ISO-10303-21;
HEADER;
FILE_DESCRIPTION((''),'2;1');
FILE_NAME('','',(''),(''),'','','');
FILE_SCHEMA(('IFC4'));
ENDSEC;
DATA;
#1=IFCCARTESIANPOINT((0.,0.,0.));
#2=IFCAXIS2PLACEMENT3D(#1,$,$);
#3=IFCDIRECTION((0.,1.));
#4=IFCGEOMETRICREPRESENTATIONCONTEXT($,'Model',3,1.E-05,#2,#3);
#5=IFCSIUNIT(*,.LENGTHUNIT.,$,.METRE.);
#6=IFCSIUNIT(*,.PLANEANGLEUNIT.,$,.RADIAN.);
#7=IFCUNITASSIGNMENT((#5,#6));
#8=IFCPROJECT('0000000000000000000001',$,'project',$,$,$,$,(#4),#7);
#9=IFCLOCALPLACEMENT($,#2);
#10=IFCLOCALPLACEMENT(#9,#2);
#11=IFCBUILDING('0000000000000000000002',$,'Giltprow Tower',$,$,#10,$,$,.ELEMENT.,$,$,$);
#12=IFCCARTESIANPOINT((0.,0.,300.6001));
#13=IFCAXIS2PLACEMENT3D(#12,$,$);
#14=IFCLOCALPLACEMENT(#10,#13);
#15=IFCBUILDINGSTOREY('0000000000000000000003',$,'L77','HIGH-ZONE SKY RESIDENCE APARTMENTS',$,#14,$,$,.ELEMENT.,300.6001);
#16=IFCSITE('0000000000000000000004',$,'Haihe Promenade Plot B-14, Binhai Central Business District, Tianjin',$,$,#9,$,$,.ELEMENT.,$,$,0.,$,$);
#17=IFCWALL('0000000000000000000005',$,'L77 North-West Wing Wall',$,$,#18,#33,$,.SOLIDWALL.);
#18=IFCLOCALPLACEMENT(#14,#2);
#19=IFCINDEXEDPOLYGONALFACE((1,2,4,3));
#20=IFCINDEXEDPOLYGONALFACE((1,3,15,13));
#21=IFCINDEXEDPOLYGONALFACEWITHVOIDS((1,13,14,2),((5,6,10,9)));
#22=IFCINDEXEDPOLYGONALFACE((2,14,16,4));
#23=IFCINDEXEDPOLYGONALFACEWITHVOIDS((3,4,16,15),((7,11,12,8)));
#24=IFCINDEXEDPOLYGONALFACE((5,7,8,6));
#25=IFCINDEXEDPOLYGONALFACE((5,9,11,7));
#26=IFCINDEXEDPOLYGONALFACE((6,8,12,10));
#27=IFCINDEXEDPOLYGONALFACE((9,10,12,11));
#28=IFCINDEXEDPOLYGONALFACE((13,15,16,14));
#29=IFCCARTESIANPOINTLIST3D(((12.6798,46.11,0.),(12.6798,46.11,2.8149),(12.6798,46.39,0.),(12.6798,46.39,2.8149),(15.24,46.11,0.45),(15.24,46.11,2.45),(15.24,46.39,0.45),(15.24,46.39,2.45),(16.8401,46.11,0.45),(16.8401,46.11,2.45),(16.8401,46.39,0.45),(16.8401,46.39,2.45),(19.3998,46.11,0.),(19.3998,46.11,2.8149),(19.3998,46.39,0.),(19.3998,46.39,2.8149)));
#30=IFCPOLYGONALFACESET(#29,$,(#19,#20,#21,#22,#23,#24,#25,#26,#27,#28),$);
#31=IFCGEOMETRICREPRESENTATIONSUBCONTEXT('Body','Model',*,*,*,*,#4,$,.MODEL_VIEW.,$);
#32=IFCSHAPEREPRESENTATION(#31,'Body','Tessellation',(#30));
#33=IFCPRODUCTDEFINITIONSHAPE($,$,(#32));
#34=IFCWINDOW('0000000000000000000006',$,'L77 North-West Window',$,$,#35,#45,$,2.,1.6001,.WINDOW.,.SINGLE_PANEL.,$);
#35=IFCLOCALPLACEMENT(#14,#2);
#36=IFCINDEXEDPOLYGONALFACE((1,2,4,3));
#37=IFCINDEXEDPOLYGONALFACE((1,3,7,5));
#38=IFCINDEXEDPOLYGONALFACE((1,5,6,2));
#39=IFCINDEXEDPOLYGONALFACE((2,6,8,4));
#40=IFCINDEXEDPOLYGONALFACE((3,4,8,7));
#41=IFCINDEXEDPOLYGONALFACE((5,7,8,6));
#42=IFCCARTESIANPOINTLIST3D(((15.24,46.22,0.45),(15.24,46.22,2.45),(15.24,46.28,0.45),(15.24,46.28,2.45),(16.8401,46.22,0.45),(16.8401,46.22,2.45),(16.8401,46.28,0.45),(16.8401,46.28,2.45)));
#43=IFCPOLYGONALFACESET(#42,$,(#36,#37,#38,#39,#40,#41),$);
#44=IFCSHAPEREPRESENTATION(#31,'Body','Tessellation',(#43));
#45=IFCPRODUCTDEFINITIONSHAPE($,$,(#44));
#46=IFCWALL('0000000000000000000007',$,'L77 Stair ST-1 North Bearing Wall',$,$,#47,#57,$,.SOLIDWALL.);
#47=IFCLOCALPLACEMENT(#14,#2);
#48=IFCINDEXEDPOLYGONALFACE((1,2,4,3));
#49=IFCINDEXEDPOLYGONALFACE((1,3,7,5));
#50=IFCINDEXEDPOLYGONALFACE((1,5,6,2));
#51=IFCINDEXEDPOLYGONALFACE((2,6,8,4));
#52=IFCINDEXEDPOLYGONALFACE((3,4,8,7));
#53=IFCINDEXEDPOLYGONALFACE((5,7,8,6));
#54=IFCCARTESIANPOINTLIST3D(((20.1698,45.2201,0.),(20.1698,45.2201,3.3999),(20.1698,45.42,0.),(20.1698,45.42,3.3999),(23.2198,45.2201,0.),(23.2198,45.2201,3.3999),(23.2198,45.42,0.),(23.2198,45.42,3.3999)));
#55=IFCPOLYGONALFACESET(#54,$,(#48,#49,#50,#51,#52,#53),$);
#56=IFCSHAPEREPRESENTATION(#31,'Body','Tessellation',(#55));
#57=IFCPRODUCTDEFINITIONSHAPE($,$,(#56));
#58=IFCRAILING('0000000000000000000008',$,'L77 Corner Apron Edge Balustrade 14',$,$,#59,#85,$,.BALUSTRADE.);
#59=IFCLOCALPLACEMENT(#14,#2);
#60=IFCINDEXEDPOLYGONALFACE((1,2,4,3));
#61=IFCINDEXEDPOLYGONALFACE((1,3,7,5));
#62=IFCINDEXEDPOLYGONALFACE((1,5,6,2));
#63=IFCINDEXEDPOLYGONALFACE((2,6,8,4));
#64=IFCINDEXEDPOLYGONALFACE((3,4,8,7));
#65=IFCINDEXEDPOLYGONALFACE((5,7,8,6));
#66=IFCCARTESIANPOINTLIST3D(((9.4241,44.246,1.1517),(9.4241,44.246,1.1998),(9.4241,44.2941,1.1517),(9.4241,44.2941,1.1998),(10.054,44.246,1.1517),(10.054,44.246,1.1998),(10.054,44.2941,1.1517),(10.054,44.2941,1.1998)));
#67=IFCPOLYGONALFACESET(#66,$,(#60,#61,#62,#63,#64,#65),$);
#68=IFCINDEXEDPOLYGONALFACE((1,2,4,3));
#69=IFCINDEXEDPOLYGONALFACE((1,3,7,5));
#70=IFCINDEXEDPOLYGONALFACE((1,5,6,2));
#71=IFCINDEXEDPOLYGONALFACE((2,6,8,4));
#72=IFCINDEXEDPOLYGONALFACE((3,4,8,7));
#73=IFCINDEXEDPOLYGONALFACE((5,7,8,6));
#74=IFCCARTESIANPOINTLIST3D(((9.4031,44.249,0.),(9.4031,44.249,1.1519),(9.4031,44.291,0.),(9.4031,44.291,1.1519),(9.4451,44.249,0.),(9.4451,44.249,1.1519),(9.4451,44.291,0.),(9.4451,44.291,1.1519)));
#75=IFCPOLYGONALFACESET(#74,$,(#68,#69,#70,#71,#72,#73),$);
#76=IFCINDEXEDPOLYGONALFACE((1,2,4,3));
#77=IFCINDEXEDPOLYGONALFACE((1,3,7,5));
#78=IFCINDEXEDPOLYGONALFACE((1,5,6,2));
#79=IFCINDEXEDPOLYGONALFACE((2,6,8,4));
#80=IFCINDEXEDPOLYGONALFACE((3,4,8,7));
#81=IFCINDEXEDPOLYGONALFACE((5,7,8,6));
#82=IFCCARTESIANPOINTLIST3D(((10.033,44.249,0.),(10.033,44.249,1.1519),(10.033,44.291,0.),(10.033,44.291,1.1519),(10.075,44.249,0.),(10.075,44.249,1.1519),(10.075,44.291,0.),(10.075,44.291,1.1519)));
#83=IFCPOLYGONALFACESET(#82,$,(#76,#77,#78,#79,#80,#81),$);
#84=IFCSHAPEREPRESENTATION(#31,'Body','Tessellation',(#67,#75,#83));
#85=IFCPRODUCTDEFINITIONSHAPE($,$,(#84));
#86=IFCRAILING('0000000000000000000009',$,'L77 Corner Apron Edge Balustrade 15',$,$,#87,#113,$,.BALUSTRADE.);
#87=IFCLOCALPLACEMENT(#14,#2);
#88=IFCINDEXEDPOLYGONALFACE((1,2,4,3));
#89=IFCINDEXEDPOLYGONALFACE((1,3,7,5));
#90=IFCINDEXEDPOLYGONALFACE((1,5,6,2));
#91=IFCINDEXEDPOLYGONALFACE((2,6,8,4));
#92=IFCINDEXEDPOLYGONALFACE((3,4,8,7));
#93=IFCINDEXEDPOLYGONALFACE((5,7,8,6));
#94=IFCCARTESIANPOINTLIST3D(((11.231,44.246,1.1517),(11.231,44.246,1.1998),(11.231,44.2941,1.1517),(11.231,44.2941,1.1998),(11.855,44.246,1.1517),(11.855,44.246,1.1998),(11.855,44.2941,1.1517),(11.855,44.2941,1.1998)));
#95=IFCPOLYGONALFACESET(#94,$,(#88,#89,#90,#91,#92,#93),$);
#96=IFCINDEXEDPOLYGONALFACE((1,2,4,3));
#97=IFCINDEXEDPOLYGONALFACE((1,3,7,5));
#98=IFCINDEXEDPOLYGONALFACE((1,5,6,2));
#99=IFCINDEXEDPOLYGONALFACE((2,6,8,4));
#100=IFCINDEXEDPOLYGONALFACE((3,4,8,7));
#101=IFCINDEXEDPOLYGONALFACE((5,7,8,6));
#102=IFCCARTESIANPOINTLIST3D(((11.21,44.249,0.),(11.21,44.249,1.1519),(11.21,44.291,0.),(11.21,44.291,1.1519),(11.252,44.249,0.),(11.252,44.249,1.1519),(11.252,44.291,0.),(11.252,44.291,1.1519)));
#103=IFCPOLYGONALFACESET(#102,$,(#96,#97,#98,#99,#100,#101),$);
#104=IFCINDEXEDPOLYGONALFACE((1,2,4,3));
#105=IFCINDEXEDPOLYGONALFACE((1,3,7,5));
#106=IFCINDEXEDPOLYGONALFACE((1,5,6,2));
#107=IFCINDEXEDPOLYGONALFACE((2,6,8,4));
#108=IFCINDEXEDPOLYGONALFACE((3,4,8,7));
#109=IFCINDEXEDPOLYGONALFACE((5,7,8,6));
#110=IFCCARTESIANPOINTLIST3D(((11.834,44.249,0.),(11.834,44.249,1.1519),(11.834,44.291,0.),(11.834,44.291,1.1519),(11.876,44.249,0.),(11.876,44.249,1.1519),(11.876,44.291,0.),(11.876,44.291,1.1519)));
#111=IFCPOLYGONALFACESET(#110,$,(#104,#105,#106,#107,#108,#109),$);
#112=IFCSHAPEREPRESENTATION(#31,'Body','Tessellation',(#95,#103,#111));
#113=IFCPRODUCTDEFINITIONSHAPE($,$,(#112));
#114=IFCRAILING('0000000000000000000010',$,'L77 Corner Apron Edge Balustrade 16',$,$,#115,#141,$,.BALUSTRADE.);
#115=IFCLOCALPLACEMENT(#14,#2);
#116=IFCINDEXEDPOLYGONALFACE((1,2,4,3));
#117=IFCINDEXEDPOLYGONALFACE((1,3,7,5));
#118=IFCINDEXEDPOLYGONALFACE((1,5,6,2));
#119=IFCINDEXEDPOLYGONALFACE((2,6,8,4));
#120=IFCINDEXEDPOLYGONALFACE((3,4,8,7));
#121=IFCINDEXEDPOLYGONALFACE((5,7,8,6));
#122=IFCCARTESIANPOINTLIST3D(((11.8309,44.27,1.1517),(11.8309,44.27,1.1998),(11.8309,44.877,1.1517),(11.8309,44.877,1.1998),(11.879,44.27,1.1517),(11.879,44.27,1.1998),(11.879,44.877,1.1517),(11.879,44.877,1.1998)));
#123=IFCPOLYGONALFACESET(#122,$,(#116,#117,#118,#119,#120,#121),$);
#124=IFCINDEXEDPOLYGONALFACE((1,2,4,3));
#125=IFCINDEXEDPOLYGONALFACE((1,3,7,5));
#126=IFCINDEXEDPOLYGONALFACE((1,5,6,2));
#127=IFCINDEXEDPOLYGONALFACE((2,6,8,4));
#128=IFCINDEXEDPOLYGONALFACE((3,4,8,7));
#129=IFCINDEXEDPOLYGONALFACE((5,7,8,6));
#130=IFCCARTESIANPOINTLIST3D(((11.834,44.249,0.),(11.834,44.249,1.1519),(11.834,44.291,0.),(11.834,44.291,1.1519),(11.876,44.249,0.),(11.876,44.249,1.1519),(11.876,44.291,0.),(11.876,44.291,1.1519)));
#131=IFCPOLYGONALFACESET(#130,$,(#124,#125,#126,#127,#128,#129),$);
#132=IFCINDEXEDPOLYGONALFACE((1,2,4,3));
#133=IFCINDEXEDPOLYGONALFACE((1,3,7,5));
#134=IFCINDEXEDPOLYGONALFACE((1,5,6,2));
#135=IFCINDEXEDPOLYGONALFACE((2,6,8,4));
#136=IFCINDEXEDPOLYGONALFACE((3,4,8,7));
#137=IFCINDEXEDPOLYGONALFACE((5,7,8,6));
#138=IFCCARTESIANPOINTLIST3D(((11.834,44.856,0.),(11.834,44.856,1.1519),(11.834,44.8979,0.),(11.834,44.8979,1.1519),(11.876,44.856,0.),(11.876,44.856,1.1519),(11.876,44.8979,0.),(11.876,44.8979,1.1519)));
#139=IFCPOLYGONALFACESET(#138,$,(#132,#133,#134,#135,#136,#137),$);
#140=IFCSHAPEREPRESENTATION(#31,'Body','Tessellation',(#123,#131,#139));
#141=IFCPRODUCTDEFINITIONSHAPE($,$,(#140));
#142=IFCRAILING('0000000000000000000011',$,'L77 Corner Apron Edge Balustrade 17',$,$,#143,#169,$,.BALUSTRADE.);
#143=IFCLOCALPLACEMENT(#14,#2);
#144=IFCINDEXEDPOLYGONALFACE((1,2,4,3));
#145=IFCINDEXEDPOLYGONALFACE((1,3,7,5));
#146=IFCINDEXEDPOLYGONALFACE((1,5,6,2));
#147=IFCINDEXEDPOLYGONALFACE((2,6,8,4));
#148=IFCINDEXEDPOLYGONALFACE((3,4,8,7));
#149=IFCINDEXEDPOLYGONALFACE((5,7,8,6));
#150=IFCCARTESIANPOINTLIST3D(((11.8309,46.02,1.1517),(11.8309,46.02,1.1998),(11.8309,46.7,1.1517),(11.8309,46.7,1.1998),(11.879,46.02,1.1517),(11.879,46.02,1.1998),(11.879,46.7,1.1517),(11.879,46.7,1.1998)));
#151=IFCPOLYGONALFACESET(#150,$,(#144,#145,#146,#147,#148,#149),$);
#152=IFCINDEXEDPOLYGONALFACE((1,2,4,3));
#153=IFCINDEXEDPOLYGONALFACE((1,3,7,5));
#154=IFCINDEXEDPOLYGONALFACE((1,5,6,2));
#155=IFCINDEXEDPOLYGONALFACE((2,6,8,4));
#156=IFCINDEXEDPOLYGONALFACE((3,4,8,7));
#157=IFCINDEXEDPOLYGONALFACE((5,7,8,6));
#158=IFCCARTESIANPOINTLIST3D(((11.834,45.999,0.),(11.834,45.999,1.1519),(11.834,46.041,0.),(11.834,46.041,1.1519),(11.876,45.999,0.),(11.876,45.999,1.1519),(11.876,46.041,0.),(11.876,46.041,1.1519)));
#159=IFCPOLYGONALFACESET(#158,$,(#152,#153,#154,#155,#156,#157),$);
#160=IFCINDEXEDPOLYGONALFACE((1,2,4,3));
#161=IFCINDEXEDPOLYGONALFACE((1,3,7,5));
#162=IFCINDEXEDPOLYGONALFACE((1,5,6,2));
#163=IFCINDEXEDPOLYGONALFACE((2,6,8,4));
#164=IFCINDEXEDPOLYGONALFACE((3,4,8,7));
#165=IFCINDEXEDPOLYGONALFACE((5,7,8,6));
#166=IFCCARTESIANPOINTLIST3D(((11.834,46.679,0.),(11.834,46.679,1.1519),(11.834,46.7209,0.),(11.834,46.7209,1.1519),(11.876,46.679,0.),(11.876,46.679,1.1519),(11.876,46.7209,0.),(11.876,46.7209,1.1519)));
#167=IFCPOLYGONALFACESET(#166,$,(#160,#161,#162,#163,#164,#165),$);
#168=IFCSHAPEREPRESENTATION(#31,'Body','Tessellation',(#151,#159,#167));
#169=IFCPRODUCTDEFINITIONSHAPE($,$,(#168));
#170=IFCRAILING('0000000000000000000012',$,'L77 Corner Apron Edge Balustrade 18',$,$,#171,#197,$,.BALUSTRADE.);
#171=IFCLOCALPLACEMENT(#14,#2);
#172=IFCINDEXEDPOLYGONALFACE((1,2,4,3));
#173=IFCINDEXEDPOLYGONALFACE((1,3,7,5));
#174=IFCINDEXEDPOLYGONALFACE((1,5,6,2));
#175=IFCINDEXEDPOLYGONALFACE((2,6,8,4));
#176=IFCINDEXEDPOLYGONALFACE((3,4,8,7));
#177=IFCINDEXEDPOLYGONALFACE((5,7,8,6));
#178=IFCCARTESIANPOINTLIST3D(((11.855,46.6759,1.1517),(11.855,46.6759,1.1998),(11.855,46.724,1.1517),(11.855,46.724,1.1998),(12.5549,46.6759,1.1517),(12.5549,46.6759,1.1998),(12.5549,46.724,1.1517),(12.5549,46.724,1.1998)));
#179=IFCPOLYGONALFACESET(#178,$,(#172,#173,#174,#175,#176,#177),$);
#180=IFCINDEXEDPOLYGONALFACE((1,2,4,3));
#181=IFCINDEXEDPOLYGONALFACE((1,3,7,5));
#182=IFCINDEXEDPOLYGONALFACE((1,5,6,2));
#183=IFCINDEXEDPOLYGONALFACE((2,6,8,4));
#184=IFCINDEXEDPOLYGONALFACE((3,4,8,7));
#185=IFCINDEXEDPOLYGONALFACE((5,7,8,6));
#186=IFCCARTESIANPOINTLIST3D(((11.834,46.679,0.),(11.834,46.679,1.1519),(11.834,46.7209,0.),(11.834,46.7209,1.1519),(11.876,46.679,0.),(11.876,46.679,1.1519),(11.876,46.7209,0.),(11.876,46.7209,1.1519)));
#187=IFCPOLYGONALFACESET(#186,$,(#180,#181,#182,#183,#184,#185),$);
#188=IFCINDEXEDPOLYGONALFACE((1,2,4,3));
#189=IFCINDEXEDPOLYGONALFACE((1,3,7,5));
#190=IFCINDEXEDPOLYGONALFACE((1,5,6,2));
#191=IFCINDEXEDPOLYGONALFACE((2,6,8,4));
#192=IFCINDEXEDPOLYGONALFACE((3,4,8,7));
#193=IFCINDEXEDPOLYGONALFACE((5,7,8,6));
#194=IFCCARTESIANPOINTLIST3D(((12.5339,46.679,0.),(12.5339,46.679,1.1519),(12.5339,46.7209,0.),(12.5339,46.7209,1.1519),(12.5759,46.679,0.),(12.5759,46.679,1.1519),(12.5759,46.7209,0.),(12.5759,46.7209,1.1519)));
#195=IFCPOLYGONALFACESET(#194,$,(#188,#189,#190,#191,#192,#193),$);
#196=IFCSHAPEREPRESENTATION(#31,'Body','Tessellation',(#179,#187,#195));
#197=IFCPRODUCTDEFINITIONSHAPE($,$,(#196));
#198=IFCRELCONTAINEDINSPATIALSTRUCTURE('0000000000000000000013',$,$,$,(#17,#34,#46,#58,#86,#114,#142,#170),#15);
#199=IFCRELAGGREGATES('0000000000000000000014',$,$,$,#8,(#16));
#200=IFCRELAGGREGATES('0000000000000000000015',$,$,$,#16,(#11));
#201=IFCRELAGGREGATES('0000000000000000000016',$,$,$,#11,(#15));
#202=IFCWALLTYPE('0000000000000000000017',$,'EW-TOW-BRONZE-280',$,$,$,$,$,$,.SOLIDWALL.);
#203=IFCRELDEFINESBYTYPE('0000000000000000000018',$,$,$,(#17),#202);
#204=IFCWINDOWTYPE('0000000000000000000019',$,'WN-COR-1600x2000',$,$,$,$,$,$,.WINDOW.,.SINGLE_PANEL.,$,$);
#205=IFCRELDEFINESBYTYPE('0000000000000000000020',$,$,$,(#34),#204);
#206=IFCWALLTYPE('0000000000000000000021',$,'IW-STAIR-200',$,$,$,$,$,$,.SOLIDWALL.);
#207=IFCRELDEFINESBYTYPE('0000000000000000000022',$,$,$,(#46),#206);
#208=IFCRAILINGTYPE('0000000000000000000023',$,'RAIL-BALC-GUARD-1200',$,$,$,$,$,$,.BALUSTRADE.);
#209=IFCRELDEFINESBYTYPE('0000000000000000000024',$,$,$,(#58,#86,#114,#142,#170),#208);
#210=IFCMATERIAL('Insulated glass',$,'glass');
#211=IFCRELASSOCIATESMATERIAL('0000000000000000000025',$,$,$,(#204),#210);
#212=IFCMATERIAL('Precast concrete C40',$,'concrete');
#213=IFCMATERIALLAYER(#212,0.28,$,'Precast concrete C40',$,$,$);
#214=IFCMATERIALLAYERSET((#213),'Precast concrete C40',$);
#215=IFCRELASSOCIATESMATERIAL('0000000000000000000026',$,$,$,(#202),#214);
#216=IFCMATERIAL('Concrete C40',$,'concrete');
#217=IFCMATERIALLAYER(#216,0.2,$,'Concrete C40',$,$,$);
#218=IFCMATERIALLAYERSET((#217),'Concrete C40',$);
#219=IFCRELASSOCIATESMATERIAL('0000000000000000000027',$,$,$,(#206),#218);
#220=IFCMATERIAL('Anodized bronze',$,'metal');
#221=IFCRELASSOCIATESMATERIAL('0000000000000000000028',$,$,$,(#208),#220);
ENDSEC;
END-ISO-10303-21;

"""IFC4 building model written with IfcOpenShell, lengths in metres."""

from ifc_helpers import new_model, si_unit, direction, frame, frame_2d, origin, origin_2d, place, context, subcontext, project, spatial, rectangle, extrude, source, transform, mapped, material, layer, layer_set, type_object, element, fill, save


model = new_model("IFC4")

# Units and contexts
model_context = context("Model", 3, precision=1e-05, world=origin(), true_north=direction((0.0, 1.0)))
body_context = subcontext(model_context, "Body", "Model", "MODEL_VIEW")
ifc_project = project(units=[si_unit("LENGTHUNIT", "METRE"), si_unit("PLANEANGLEUNIT", "RADIAN")], contexts=[model_context])

# Site, building, storey
site_placement = place(None, origin())
site = spatial("IfcSite", under=ifc_project, at=site_placement, Name="Haihe Promenade Plot B-14, Binhai Central Business District, Tianjin", CompositionType="ELEMENT", RefElevation=0.0)
building_placement = place(site_placement, origin())
building = spatial("IfcBuilding", under=site, at=building_placement, Name="Giltprow Tower", CompositionType="ELEMENT")
storey_placement = place(building_placement, frame((0.0, 0.0, 300.6001)))
storey = spatial("IfcBuildingStorey", under=building, at=storey_placement, Name="L77", Description="HIGH-ZONE SKY RESIDENCE APARTMENTS", CompositionType="ELEMENT", Elevation=300.6001)

# Wall, opening, window
ifc_material_1 = material(Name="Precast concrete C40", Category="concrete")
ifc_material_2 = material(Name="Insulated glass", Category="glass")
window_type = type_object("IfcWindowType", Name="WN-COR-1600x2000", PartitioningType="SINGLE_PANEL", PredefinedType="WINDOW", material=ifc_material_2)
shared_shape_1 = source(origin(), body_context, "Body", "SweptSolid", [
    extrude(rectangle(XDim=1.6001, YDim=2.0, at=frame_2d((0.8, 1.0))), frame((0.0, 0.03, 0.0), z_axis=(0.0, -1.0, 0.0), x_axis=(1.0, 0.0, 0.0)), (0.0, 0.0, 1.0), 0.0601),
])
ifc_layer_1 = layer(ifc_material_1, 0.28, Name="Precast concrete C40")
ifc_layer_set_1 = layer_set([ifc_layer_1], Name="Precast concrete C40")
wall_type_1 = type_object("IfcWallType", Name="EW-TOW-BRONZE-280", PredefinedType="SOLIDWALL", material=ifc_layer_set_1)
wall_1_placement = place(storey_placement, frame((12.6799, 46.25, 0.0), z_axis=(0.0, 0.0, 1.0), x_axis=(1.0, 0.0, 0.0)))
wall_1 = element("IfcWall", 1, at=wall_1_placement, inside=storey, type_object=wall_type_1, Name="L77 North-West Wing Wall", PredefinedType="SOLIDWALL", context=body_context, shape_type="SweptSolid", body=[
    extrude(rectangle(XDim=6.72, YDim=0.28, at=frame_2d((3.3599, 0.0))), origin(), (0.0, 0.0, 1.0), 2.8149),
])
opening_1_placement = place(wall_1_placement, frame((2.5601, 0.0, 0.45)))
opening_1 = element("IfcOpeningElement", 2, at=opening_1_placement, cuts=wall_1, PredefinedType="OPENING", context=body_context, shape_type="SweptSolid", body=[
    extrude(rectangle(XDim=1.6001, YDim=2.0, at=frame_2d((0.8, 1.0))), frame((0.0, 0.1499, 0.0), z_axis=(0.0, -1.0, 0.0), x_axis=(1.0, 0.0, 0.0)), (0.0, 0.0, 1.0), 0.3),
])
window_1_placement = place(opening_1_placement, origin())
window_1 = element("IfcWindow", 3, at=window_1_placement, inside=storey, type_object=window_type, Name="L77 North-West Window", OverallHeight=2.0, OverallWidth=1.6001, PartitioningType="SINGLE_PANEL", PredefinedType="WINDOW", context=body_context, shape_type="MappedRepresentation", body=[
    mapped(shared_shape_1, transform((0.0, 0.0, 0.0), x_axis=(1.0, 0.0, 0.0), y_axis=(0.0, 1.0, 0.0), z_axis=(0.0, 0.0, 1.0), scale=1.0)),
])
fill(opening_1, window_1)

# Wall
ifc_material_3 = material(Name="Concrete C40", Category="concrete")
ifc_layer_2 = layer(ifc_material_3, 0.2, Name="Concrete C40")
ifc_layer_set_2 = layer_set([ifc_layer_2], Name="Concrete C40")
wall_type_2 = type_object("IfcWallType", Name="IW-STAIR-200", PredefinedType="SOLIDWALL", material=ifc_layer_set_2)
wall_2_placement = place(storey_placement, frame((20.1699, 45.3201, 0.0), z_axis=(0.0, 0.0, 1.0), x_axis=(1.0, 0.0, 0.0)))
element("IfcWall", 4, at=wall_2_placement, inside=storey, type_object=wall_type_2, Name="L77 Stair ST-1 North Bearing Wall", PredefinedType="SOLIDWALL", context=body_context, shape_type="SweptSolid", body=[
    extrude(rectangle(XDim=3.05, YDim=0.2, at=frame_2d((1.5249, 0.0))), origin(), (0.0, 0.0, 1.0), 3.3999),
])

# Railings
ifc_material_4 = material(Name="Anodized bronze", Category="metal")
railing_type = type_object("IfcRailingType", Name="RAIL-BALC-GUARD-1200", PredefinedType="BALUSTRADE", material=ifc_material_4)
railing_1_placement = place(storey_placement, frame((9.4241, 44.27, 0.0)))
element("IfcRailing", 5, at=railing_1_placement, inside=storey, type_object=railing_type, Name="L77 Corner Apron Edge Balustrade 14", PredefinedType="BALUSTRADE", context=body_context, shape_type="SweptSolid", body=[
    extrude(rectangle(XDim=0.0481, YDim=0.0481, at=origin_2d()), frame((0.0, 0.0, 1.1758), z_axis=(1.0, 0.0, 0.0), x_axis=(0.0, 1.0, 0.0)), (0.0, 0.0, 1.0), 0.6299),
    extrude(rectangle(XDim=0.042, YDim=0.042, at=origin_2d()), origin(), (0.0, 0.0, 1.0), 1.1519),
    extrude(rectangle(XDim=0.042, YDim=0.042, at=origin_2d()), frame((0.6299, 0.0, 0.0)), (0.0, 0.0, 1.0), 1.1519),
])
railing_2_placement = place(storey_placement, frame((11.231, 44.27, 0.0)))
element("IfcRailing", 6, at=railing_2_placement, inside=storey, type_object=railing_type, Name="L77 Corner Apron Edge Balustrade 15", PredefinedType="BALUSTRADE", context=body_context, shape_type="SweptSolid", body=[
    extrude(rectangle(XDim=0.0481, YDim=0.0481, at=origin_2d()), frame((0.0, 0.0, 1.1758), z_axis=(1.0, 0.0, 0.0), x_axis=(0.0, 1.0, 0.0)), (0.0, 0.0, 1.0), 0.624),
    extrude(rectangle(XDim=0.042, YDim=0.042, at=origin_2d()), origin(), (0.0, 0.0, 1.0), 1.1519),
    extrude(rectangle(XDim=0.042, YDim=0.042, at=origin_2d()), frame((0.624, 0.0, 0.0)), (0.0, 0.0, 1.0), 1.1519),
])
railing_3_placement = place(storey_placement, frame((11.855, 44.27, 0.0)))
element("IfcRailing", 7, at=railing_3_placement, inside=storey, type_object=railing_type, Name="L77 Corner Apron Edge Balustrade 16", PredefinedType="BALUSTRADE", context=body_context, shape_type="SweptSolid", body=[
    extrude(rectangle(XDim=0.0481, YDim=0.0481, at=origin_2d()), frame((0.0, 0.0, 1.1758), z_axis=(0.0, 1.0, 0.0), x_axis=(-1.0, 0.0, 0.0)), (0.0, 0.0, 1.0), 0.6069),
    extrude(rectangle(XDim=0.042, YDim=0.042, at=origin_2d()), origin(), (0.0, 0.0, 1.0), 1.1519),
    extrude(rectangle(XDim=0.042, YDim=0.042, at=origin_2d()), frame((0.0, 0.6069, 0.0)), (0.0, 0.0, 1.0), 1.1519),
])
railing_4_placement = place(storey_placement, frame((11.855, 46.02, 0.0)))
element("IfcRailing", 8, at=railing_4_placement, inside=storey, type_object=railing_type, Name="L77 Corner Apron Edge Balustrade 17", PredefinedType="BALUSTRADE", context=body_context, shape_type="SweptSolid", body=[
    extrude(rectangle(XDim=0.0481, YDim=0.0481, at=origin_2d()), frame((0.0, 0.0, 1.1758), z_axis=(0.0, 1.0, 0.0), x_axis=(-1.0, 0.0, 0.0)), (0.0, 0.0, 1.0), 0.6799),
    extrude(rectangle(XDim=0.042, YDim=0.042, at=origin_2d()), origin(), (0.0, 0.0, 1.0), 1.1519),
    extrude(rectangle(XDim=0.042, YDim=0.042, at=origin_2d()), frame((0.0, 0.6799, 0.0)), (0.0, 0.0, 1.0), 1.1519),
])
railing_5_placement = place(storey_placement, frame((11.855, 46.7, 0.0)))
element("IfcRailing", 9, at=railing_5_placement, inside=storey, type_object=railing_type, Name="L77 Corner Apron Edge Balustrade 18", PredefinedType="BALUSTRADE", context=body_context, shape_type="SweptSolid", body=[
    extrude(rectangle(XDim=0.0481, YDim=0.0481, at=origin_2d()), frame((0.0, 0.0, 1.1758), z_axis=(1.0, 0.0, 0.0), x_axis=(0.0, 1.0, 0.0)), (0.0, 0.0, 1.0), 0.7),
    extrude(rectangle(XDim=0.042, YDim=0.042, at=origin_2d()), origin(), (0.0, 0.0, 1.0), 1.1519),
    extrude(rectangle(XDim=0.042, YDim=0.042, at=origin_2d()), frame((0.7, 0.0, 0.0)), (0.0, 0.0, 1.0), 1.1519),
])

save(model, "model.ifc")
